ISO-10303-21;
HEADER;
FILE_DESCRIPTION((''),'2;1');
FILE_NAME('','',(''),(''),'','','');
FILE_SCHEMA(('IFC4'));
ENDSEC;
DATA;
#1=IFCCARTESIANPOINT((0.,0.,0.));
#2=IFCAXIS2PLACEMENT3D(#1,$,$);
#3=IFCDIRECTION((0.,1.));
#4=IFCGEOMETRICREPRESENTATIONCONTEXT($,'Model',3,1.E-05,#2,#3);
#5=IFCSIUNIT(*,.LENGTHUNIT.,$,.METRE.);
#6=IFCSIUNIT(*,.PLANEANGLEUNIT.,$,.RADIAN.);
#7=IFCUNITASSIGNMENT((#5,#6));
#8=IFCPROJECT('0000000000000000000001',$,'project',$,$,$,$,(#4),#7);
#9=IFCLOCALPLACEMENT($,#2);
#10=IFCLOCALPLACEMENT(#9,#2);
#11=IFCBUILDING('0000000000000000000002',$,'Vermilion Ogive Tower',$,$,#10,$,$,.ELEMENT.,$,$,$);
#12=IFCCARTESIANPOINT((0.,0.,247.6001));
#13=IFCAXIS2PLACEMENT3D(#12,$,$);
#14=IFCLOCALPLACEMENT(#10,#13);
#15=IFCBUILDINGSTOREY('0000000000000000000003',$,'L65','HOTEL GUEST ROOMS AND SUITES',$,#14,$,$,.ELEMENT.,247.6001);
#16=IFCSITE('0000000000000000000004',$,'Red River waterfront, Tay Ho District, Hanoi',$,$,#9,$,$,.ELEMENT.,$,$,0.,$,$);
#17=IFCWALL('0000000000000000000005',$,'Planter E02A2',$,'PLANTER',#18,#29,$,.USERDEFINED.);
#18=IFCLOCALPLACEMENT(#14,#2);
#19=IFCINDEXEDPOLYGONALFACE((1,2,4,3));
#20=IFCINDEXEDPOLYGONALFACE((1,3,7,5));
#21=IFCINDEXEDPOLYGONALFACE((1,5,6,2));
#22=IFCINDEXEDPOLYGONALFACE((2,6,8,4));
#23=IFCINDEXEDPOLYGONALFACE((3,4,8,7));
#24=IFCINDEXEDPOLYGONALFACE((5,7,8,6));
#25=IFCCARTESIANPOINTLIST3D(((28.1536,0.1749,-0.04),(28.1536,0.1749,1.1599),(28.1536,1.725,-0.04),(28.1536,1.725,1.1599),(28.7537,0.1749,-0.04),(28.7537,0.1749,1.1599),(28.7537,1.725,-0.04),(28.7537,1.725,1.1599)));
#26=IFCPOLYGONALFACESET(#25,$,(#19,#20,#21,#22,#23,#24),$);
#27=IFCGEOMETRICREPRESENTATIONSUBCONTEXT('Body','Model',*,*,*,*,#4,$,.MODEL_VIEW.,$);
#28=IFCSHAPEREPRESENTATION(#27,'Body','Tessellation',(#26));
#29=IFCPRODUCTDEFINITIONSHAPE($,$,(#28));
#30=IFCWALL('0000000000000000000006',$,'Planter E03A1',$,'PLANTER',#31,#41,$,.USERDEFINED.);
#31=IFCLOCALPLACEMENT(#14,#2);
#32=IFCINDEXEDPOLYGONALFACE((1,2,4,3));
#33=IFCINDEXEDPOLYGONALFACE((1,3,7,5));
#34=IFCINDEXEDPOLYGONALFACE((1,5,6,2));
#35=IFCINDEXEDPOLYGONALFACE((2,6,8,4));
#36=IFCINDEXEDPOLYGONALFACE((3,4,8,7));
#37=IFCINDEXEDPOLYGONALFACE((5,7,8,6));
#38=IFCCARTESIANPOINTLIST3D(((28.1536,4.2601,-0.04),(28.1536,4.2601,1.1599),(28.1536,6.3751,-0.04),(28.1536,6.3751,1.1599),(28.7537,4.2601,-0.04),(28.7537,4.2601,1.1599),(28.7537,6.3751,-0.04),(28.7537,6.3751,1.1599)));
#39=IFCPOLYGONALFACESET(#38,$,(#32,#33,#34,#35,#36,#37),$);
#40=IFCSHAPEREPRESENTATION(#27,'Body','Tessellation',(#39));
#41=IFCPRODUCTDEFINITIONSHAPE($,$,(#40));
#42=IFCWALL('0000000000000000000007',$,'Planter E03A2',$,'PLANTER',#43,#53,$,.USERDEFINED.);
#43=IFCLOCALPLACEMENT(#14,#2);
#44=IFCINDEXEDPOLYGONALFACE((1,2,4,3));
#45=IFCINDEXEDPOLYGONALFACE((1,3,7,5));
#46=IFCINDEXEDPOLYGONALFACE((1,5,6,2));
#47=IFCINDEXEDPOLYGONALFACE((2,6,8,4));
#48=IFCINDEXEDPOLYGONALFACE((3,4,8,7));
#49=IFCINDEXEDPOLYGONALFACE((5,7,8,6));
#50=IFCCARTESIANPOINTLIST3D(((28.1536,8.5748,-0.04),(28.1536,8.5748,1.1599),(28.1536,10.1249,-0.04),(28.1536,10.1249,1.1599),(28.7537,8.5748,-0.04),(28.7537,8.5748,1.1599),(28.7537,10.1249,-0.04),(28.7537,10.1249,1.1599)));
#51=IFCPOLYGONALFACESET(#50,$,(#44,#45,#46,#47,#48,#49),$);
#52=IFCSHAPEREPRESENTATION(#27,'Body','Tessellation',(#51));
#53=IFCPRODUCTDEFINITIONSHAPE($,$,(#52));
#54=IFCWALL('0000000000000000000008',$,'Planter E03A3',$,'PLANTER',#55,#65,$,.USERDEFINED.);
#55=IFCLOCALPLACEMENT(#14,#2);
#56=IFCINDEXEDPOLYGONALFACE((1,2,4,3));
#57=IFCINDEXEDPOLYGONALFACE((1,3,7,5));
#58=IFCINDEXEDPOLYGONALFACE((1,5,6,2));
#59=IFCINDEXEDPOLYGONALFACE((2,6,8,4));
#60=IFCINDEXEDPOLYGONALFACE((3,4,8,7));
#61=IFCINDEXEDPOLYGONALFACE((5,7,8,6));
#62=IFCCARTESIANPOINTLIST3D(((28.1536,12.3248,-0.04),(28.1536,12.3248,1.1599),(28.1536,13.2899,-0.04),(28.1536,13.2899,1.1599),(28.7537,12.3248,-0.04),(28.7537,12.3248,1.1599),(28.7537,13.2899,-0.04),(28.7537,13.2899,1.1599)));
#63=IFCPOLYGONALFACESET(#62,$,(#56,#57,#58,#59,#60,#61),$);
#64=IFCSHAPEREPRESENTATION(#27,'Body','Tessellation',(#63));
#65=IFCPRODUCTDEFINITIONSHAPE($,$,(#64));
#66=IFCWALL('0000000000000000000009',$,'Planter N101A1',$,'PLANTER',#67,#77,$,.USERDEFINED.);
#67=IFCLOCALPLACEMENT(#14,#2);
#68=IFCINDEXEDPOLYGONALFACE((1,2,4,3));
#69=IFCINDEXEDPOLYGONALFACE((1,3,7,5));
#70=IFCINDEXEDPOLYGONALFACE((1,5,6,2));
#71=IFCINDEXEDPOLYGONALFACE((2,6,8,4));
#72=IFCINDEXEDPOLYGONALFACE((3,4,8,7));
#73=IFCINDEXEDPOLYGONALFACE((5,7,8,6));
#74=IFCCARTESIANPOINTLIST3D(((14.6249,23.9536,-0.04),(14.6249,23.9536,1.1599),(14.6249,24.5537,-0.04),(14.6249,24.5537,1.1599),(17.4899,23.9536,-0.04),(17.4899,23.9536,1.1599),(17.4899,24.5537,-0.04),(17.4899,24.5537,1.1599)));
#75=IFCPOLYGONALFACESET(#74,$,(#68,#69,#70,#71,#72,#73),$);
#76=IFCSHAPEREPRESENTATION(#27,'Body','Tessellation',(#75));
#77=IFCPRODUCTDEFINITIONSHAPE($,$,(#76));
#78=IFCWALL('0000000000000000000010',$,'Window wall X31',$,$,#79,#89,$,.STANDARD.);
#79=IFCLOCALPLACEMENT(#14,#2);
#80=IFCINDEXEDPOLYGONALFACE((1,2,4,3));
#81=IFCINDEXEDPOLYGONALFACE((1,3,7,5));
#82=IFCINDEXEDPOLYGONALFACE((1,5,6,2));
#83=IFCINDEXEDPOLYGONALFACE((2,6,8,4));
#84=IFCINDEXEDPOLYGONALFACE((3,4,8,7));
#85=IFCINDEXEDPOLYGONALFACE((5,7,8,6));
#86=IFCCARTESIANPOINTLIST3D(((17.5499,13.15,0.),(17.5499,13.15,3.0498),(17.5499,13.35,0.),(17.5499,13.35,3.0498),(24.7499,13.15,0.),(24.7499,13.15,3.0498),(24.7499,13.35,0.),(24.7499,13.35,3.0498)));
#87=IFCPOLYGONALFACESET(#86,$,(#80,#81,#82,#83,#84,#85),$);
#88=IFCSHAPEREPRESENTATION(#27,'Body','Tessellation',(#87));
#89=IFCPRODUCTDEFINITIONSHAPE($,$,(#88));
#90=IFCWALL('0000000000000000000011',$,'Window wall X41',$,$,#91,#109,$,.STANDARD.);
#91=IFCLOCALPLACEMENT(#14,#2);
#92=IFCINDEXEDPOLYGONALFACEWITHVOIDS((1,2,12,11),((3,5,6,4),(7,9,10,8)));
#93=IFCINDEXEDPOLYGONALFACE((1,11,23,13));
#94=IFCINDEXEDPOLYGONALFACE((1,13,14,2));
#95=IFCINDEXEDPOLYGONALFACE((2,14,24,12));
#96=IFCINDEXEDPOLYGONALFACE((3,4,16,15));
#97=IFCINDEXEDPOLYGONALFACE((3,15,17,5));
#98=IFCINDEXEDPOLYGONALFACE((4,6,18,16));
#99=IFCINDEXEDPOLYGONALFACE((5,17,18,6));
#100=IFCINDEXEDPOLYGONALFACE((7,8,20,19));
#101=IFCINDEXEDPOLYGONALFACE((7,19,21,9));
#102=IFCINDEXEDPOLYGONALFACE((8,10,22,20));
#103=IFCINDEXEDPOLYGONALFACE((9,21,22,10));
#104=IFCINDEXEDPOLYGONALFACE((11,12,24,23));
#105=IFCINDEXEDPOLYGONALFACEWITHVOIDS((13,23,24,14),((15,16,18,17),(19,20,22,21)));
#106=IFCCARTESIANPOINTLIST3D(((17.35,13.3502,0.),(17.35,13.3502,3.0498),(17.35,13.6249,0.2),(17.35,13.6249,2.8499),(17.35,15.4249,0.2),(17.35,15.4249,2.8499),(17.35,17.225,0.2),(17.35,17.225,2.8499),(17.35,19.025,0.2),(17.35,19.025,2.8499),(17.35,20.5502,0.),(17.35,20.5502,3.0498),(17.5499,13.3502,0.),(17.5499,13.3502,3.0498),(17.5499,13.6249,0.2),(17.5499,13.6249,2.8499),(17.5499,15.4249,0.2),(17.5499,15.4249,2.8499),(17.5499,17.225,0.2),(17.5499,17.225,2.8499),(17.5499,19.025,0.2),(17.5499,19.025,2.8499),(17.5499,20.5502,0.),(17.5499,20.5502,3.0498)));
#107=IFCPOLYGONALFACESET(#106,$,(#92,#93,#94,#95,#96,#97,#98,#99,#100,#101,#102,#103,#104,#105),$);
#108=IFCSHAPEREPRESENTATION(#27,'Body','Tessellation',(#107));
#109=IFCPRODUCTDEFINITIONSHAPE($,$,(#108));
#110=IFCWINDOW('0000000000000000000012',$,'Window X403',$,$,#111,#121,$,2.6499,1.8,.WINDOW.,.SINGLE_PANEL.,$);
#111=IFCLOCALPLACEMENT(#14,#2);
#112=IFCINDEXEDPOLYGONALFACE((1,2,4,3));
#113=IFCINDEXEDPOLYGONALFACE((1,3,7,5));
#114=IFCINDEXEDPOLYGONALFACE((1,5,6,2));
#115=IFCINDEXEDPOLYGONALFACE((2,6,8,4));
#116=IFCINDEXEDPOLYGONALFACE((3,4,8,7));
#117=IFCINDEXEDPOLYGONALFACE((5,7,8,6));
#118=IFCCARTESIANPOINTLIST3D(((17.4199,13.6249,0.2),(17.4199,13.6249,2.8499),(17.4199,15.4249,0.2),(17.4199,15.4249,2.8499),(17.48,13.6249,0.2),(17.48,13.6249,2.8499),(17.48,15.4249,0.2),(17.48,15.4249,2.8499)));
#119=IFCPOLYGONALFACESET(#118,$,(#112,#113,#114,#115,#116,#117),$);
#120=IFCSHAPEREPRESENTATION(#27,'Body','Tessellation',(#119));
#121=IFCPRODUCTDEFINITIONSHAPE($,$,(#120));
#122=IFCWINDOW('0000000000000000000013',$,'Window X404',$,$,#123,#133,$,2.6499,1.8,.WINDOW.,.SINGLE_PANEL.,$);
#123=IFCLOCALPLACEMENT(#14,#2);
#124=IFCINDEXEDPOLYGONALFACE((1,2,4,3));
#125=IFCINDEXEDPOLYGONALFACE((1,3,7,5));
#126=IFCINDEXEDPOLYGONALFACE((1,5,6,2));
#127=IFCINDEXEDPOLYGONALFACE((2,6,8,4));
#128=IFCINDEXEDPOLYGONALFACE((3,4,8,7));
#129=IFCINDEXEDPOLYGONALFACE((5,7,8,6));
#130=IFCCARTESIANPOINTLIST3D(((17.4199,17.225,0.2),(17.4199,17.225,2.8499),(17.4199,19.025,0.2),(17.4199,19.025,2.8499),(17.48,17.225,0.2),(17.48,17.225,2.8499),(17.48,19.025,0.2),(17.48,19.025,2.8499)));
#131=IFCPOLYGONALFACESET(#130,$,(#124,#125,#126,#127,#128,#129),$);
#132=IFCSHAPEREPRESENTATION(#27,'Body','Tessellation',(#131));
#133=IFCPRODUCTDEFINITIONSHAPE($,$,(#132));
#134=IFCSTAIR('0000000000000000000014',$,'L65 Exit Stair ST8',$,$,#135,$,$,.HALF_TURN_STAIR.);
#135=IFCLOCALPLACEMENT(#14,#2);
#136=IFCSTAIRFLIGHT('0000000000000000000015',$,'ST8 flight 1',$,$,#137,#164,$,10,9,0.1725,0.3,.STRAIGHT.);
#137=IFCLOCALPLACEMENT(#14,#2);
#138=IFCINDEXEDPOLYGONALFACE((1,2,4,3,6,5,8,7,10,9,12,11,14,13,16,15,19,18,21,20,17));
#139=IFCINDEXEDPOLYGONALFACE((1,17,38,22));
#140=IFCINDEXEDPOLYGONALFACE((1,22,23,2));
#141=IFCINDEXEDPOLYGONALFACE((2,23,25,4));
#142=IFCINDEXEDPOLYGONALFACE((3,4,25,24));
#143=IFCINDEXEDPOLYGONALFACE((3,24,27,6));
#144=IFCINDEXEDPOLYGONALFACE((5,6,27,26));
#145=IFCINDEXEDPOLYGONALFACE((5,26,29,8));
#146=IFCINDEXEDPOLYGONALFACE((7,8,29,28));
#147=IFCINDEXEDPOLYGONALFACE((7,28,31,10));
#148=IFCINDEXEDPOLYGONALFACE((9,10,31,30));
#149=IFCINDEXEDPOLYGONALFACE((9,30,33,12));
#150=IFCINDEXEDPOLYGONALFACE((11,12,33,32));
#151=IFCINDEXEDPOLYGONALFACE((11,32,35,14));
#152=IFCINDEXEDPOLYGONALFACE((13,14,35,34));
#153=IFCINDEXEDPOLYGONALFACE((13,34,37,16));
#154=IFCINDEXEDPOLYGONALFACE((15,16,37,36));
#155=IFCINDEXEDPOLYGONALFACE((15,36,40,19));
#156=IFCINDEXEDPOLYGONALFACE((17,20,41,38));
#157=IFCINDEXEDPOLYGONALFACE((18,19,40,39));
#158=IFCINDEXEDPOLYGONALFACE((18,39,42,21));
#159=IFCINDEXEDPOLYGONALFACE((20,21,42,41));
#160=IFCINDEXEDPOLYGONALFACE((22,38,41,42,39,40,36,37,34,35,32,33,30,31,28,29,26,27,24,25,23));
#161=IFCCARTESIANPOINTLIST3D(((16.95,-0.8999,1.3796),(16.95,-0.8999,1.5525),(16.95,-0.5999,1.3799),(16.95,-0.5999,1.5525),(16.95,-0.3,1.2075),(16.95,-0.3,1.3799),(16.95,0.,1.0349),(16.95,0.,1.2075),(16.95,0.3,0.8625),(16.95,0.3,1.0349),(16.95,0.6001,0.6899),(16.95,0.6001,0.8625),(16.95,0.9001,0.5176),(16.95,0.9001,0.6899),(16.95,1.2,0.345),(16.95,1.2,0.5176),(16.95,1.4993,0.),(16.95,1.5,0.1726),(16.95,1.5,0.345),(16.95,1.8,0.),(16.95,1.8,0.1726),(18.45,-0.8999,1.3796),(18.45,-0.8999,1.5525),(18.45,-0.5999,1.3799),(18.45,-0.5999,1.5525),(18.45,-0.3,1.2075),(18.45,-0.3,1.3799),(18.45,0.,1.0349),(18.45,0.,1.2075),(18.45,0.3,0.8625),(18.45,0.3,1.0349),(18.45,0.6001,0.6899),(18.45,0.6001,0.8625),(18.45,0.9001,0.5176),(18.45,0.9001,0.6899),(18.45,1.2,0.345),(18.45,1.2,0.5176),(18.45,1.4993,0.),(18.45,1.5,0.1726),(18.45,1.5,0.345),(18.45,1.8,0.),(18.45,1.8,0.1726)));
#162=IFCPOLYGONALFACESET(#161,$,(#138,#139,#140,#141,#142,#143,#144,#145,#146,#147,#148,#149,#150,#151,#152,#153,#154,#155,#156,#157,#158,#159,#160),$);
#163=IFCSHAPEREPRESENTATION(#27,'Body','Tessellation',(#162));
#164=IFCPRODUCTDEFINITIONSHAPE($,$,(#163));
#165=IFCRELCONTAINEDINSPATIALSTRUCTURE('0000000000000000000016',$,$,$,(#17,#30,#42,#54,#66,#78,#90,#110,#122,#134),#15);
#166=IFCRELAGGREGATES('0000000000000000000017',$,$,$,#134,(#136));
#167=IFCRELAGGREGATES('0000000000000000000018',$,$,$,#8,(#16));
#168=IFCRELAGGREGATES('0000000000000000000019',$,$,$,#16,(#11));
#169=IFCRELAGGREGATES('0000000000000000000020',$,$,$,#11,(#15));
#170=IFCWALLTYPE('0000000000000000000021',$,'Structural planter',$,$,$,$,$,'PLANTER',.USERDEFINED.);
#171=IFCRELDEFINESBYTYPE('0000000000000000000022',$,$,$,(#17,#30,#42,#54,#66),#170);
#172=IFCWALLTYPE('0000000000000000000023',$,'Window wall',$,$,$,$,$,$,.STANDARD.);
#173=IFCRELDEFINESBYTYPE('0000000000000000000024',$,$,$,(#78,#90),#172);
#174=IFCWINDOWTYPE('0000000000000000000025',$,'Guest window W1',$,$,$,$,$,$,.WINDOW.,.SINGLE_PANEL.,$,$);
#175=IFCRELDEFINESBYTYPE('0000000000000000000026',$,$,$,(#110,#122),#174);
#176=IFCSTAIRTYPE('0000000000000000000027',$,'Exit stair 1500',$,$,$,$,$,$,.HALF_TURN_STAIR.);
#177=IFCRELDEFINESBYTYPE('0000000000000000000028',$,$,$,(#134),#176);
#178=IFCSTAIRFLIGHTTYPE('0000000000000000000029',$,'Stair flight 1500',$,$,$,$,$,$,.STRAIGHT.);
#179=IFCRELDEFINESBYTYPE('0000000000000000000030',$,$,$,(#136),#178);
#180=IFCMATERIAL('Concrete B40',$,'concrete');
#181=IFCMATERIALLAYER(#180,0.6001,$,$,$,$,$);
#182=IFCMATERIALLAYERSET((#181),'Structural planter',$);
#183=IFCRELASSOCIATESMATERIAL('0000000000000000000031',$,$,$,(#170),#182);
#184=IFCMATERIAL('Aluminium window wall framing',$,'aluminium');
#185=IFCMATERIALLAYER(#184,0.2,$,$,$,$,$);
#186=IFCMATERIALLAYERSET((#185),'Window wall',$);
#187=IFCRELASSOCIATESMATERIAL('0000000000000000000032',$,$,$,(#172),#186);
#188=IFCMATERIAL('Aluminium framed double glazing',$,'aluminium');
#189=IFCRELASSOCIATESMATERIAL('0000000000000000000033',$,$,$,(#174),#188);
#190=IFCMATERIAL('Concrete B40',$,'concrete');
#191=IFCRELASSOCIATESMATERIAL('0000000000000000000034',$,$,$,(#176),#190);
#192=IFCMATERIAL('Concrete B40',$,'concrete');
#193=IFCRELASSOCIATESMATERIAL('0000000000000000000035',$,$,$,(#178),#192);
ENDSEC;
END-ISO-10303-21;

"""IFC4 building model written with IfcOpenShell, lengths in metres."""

from ifc_helpers import new_model, si_unit, direction, frame, frame_2d, origin, place, context, subcontext, project, spatial, polyline, rectangle, outline, extrude, material, layer, layer_set, type_object, element, fill, aggregate, save


model = new_model("IFC4")

# Units and contexts
model_context = context("Model", 3, precision=1e-05, world=origin(), true_north=direction((0.0, 1.0)))
body_context = subcontext(model_context, "Body", "Model", "MODEL_VIEW")
ifc_project = project(units=[si_unit("LENGTHUNIT", "METRE"), si_unit("PLANEANGLEUNIT", "RADIAN")], contexts=[model_context])

# Site, building, storey
site_placement = place(None, origin())
site = spatial("IfcSite", under=ifc_project, at=site_placement, Name="Red River waterfront, Tay Ho District, Hanoi", CompositionType="ELEMENT", RefElevation=0.0)
building_placement = place(site_placement, origin())
building = spatial("IfcBuilding", under=site, at=building_placement, Name="Vermilion Ogive Tower", CompositionType="ELEMENT")
storey_placement = place(building_placement, frame((0.0, 0.0, 247.6001)))
storey = spatial("IfcBuildingStorey", under=building, at=storey_placement, Name="L65", Description="HOTEL GUEST ROOMS AND SUITES", CompositionType="ELEMENT", Elevation=247.6001)

# Walls
ifc_material_1 = material(Name="Concrete B40", Category="concrete")
ifc_layer_1 = layer(ifc_material_1, 0.6001)
ifc_layer_set_1 = layer_set([ifc_layer_1], Name="Structural planter")
wall_type_1 = type_object("IfcWallType", Name="Structural planter", ElementType="PLANTER", PredefinedType="USERDEFINED", material=ifc_layer_set_1)
wall_1_placement = place(storey_placement, frame((28.4536, 0.175, -0.04), z_axis=(0.0, 0.0, 1.0), x_axis=(0.0, 1.0, 0.0)))
element("IfcWall", 1, at=wall_1_placement, inside=storey, type_object=wall_type_1, Name="Planter E02A2", ObjectType="PLANTER", PredefinedType="USERDEFINED", context=body_context, shape_type="SweptSolid", body=[
    extrude(rectangle(XDim=1.55, YDim=0.6001, at=frame_2d((0.7749, 0.0))), origin(), (0.0, 0.0, 1.0), 1.2),
])
wall_2_placement = place(storey_placement, frame((28.4536, 4.26, -0.04), z_axis=(0.0, 0.0, 1.0), x_axis=(0.0, 1.0, 0.0)))
element("IfcWall", 2, at=wall_2_placement, inside=storey, type_object=wall_type_1, Name="Planter E03A1", ObjectType="PLANTER", PredefinedType="USERDEFINED", context=body_context, shape_type="SweptSolid", body=[
    extrude(rectangle(XDim=2.115, YDim=0.6001, at=frame_2d((1.0576, 0.0))), origin(), (0.0, 0.0, 1.0), 1.2),
])
wall_3_placement = place(storey_placement, frame((28.4536, 8.575, -0.04), z_axis=(0.0, 0.0, 1.0), x_axis=(0.0, 1.0, 0.0)))
element("IfcWall", 3, at=wall_3_placement, inside=storey, type_object=wall_type_1, Name="Planter E03A2", ObjectType="PLANTER", PredefinedType="USERDEFINED", context=body_context, shape_type="SweptSolid", body=[
    extrude(rectangle(XDim=1.55, YDim=0.6001, at=frame_2d((0.7749, 0.0))), origin(), (0.0, 0.0, 1.0), 1.2),
])
wall_4_placement = place(storey_placement, frame((28.4536, 12.325, -0.04), z_axis=(0.0, 0.0, 1.0), x_axis=(0.0, 1.0, 0.0)))
element("IfcWall", 4, at=wall_4_placement, inside=storey, type_object=wall_type_1, Name="Planter E03A3", ObjectType="PLANTER", PredefinedType="USERDEFINED", context=body_context, shape_type="SweptSolid", body=[
    extrude(rectangle(XDim=0.9651, YDim=0.6001, at=frame_2d((0.4824, 0.0))), origin(), (0.0, 0.0, 1.0), 1.2),
])
wall_5_placement = place(storey_placement, frame((17.49, 24.2537, -0.04), z_axis=(0.0, 0.0, 1.0), x_axis=(-1.0, 0.0, 0.0)))
element("IfcWall", 5, at=wall_5_placement, inside=storey, type_object=wall_type_1, Name="Planter N101A1", ObjectType="PLANTER", PredefinedType="USERDEFINED", context=body_context, shape_type="SweptSolid", body=[
    extrude(rectangle(XDim=2.865, YDim=0.6001, at=frame_2d((1.4326, 0.0))), origin(), (0.0, 0.0, 1.0), 1.2),
])

# Shared definitions
ifc_material_2 = material(Name="Aluminium window wall framing", Category="aluminium")
ifc_layer_2 = layer(ifc_material_2, 0.2)
ifc_layer_set_2 = layer_set([ifc_layer_2], Name="Window wall")
wall_type_2 = type_object("IfcWallType", Name="Window wall", PredefinedType="STANDARD", material=ifc_layer_set_2)
ifc_material_3 = material(Name="Aluminium framed double glazing", Category="aluminium")
window_type = type_object("IfcWindowType", Name="Guest window W1", PartitioningType="SINGLE_PANEL", PredefinedType="WINDOW", material=ifc_material_3)

# Wall
wall_6_placement = place(storey_placement, frame((24.75, 13.25, 0.0), z_axis=(0.0, 0.0, 1.0), x_axis=(-1.0, 0.0, 0.0)))
element("IfcWall", 6, at=wall_6_placement, inside=storey, type_object=wall_type_2, Name="Window wall X31", PredefinedType="STANDARD", context=body_context, shape_type="SweptSolid", body=[
    extrude(rectangle(XDim=7.2, YDim=0.2, at=frame_2d((3.6001, 0.0))), origin(), (0.0, 0.0, 1.0), 3.0498),
])

# Wall, openings, windows
wall_7_placement = place(storey_placement, frame((17.45, 13.3501, 0.0), z_axis=(0.0, 0.0, 1.0), x_axis=(0.0, 1.0, 0.0)))
wall_7 = element("IfcWall", 7, at=wall_7_placement, inside=storey, type_object=wall_type_2, Name="Window wall X41", PredefinedType="STANDARD", context=body_context, shape_type="SweptSolid", body=[
    extrude(rectangle(XDim=7.2, YDim=0.2, at=frame_2d((3.6001, 0.0))), origin(), (0.0, 0.0, 1.0), 3.0498),
])
opening_1_placement = place(wall_7_placement, frame((0.2749, 0.0, 0.2)))
opening_1 = element("IfcOpeningElement", 8, at=opening_1_placement, cuts=wall_7, PredefinedType="OPENING", context=body_context, shape_type="SweptSolid", body=[
    extrude(rectangle(XDim=1.8, YDim=2.6499, at=frame_2d((0.8999, 1.325))), frame((0.0, 0.1099, 0.0), z_axis=(0.0, -1.0, 0.0), x_axis=(1.0, 0.0, 0.0)), (0.0, 0.0, 1.0), 0.22),
])
opening_2_placement = place(wall_7_placement, frame((3.875, 0.0, 0.2)))
opening_2 = element("IfcOpeningElement", 9, at=opening_2_placement, cuts=wall_7, PredefinedType="OPENING", context=body_context, shape_type="SweptSolid", body=[
    extrude(rectangle(XDim=1.8, YDim=2.6499, at=frame_2d((0.8999, 1.325))), frame((0.0, 0.1099, 0.0), z_axis=(0.0, -1.0, 0.0), x_axis=(1.0, 0.0, 0.0)), (0.0, 0.0, 1.0), 0.22),
])
window_1_placement = place(opening_1_placement, origin())
window_1 = element("IfcWindow", 10, at=window_1_placement, inside=storey, type_object=window_type, Name="Window X403", OverallHeight=2.6499, OverallWidth=1.8, PartitioningType="SINGLE_PANEL", PredefinedType="WINDOW", context=body_context, shape_type="SweptSolid", body=[
    extrude(rectangle(XDim=1.8, YDim=2.6499, at=frame_2d((0.8999, 1.325))), frame((0.0, 0.03, 0.0), z_axis=(0.0, -1.0, 0.0), x_axis=(1.0, 0.0, 0.0)), (0.0, 0.0, 1.0), 0.0601),
])
fill(opening_1, window_1)
window_2_placement = place(opening_2_placement, origin())
window_2 = element("IfcWindow", 11, at=window_2_placement, inside=storey, type_object=window_type, Name="Window X404", OverallHeight=2.6499, OverallWidth=1.8, PartitioningType="SINGLE_PANEL", PredefinedType="WINDOW", context=body_context, shape_type="SweptSolid", body=[
    extrude(rectangle(XDim=1.8, YDim=2.6499, at=frame_2d((0.8999, 1.325))), frame((0.0, 0.03, 0.0), z_axis=(0.0, -1.0, 0.0), x_axis=(1.0, 0.0, 0.0)), (0.0, 0.0, 1.0), 0.0601),
])
fill(opening_2, window_2)

# Stair, stair flight
ifc_material_4 = material(Name="Concrete B40", Category="concrete")
stair_type = type_object("IfcStairType", Name="Exit stair 1500", PredefinedType="HALF_TURN_STAIR", material=ifc_material_4)
stair_placement = place(storey_placement, origin())
stair = element("IfcStair", 12, at=stair_placement, inside=storey, type_object=stair_type, Name="L65 Exit Stair ST8", PredefinedType="HALF_TURN_STAIR")
ifc_material_5 = material(Name="Concrete B40", Category="concrete")
stair_flight_type = type_object("IfcStairFlightType", Name="Stair flight 1500", PredefinedType="STRAIGHT", material=ifc_material_5)
stair_flight_placement = place(storey_placement, frame((17.7, 1.8, 0.0), z_axis=(0.0, 0.0, 1.0), x_axis=(0.0, -1.0, 0.0)))
stair_flight = element("IfcStairFlight", 13, at=stair_flight_placement, type_object=stair_flight_type, Name="ST8 flight 1", NumberOfRisers=10, NumberOfTreads=9, PredefinedType="STRAIGHT", RiserHeight=0.1725, TreadLength=0.3, context=body_context, shape_type="SweptSolid", body=[
    extrude(outline(polyline([(0.0, 0.0), (0.0, 0.1726), (0.3, 0.1726), (0.3, 0.345), (0.6001, 0.345), (0.6001, 0.5176), (0.8999, 0.5176), (0.8999, 0.6899), (1.2, 0.6899), (1.2, 0.8625), (1.5, 0.8625), (1.5, 1.0349), (1.8, 1.0349), (1.8, 1.2075), (2.1001, 1.2075), (2.1001, 1.3799), (2.3999, 1.3799), (2.3999, 1.5525), (2.7, 1.5525), (2.7, 1.7251), (2.7, 1.3796), (0.3008, 0.0), (0.0, 0.0)])), frame((0.0, 0.75, 0.0), z_axis=(0.0, -1.0, 0.0), x_axis=(1.0, 0.0, 0.0)), (0.0, 0.0, 1.0), 1.5),
])
aggregate(stair, [stair_flight])

save(model, "model.ifc")
